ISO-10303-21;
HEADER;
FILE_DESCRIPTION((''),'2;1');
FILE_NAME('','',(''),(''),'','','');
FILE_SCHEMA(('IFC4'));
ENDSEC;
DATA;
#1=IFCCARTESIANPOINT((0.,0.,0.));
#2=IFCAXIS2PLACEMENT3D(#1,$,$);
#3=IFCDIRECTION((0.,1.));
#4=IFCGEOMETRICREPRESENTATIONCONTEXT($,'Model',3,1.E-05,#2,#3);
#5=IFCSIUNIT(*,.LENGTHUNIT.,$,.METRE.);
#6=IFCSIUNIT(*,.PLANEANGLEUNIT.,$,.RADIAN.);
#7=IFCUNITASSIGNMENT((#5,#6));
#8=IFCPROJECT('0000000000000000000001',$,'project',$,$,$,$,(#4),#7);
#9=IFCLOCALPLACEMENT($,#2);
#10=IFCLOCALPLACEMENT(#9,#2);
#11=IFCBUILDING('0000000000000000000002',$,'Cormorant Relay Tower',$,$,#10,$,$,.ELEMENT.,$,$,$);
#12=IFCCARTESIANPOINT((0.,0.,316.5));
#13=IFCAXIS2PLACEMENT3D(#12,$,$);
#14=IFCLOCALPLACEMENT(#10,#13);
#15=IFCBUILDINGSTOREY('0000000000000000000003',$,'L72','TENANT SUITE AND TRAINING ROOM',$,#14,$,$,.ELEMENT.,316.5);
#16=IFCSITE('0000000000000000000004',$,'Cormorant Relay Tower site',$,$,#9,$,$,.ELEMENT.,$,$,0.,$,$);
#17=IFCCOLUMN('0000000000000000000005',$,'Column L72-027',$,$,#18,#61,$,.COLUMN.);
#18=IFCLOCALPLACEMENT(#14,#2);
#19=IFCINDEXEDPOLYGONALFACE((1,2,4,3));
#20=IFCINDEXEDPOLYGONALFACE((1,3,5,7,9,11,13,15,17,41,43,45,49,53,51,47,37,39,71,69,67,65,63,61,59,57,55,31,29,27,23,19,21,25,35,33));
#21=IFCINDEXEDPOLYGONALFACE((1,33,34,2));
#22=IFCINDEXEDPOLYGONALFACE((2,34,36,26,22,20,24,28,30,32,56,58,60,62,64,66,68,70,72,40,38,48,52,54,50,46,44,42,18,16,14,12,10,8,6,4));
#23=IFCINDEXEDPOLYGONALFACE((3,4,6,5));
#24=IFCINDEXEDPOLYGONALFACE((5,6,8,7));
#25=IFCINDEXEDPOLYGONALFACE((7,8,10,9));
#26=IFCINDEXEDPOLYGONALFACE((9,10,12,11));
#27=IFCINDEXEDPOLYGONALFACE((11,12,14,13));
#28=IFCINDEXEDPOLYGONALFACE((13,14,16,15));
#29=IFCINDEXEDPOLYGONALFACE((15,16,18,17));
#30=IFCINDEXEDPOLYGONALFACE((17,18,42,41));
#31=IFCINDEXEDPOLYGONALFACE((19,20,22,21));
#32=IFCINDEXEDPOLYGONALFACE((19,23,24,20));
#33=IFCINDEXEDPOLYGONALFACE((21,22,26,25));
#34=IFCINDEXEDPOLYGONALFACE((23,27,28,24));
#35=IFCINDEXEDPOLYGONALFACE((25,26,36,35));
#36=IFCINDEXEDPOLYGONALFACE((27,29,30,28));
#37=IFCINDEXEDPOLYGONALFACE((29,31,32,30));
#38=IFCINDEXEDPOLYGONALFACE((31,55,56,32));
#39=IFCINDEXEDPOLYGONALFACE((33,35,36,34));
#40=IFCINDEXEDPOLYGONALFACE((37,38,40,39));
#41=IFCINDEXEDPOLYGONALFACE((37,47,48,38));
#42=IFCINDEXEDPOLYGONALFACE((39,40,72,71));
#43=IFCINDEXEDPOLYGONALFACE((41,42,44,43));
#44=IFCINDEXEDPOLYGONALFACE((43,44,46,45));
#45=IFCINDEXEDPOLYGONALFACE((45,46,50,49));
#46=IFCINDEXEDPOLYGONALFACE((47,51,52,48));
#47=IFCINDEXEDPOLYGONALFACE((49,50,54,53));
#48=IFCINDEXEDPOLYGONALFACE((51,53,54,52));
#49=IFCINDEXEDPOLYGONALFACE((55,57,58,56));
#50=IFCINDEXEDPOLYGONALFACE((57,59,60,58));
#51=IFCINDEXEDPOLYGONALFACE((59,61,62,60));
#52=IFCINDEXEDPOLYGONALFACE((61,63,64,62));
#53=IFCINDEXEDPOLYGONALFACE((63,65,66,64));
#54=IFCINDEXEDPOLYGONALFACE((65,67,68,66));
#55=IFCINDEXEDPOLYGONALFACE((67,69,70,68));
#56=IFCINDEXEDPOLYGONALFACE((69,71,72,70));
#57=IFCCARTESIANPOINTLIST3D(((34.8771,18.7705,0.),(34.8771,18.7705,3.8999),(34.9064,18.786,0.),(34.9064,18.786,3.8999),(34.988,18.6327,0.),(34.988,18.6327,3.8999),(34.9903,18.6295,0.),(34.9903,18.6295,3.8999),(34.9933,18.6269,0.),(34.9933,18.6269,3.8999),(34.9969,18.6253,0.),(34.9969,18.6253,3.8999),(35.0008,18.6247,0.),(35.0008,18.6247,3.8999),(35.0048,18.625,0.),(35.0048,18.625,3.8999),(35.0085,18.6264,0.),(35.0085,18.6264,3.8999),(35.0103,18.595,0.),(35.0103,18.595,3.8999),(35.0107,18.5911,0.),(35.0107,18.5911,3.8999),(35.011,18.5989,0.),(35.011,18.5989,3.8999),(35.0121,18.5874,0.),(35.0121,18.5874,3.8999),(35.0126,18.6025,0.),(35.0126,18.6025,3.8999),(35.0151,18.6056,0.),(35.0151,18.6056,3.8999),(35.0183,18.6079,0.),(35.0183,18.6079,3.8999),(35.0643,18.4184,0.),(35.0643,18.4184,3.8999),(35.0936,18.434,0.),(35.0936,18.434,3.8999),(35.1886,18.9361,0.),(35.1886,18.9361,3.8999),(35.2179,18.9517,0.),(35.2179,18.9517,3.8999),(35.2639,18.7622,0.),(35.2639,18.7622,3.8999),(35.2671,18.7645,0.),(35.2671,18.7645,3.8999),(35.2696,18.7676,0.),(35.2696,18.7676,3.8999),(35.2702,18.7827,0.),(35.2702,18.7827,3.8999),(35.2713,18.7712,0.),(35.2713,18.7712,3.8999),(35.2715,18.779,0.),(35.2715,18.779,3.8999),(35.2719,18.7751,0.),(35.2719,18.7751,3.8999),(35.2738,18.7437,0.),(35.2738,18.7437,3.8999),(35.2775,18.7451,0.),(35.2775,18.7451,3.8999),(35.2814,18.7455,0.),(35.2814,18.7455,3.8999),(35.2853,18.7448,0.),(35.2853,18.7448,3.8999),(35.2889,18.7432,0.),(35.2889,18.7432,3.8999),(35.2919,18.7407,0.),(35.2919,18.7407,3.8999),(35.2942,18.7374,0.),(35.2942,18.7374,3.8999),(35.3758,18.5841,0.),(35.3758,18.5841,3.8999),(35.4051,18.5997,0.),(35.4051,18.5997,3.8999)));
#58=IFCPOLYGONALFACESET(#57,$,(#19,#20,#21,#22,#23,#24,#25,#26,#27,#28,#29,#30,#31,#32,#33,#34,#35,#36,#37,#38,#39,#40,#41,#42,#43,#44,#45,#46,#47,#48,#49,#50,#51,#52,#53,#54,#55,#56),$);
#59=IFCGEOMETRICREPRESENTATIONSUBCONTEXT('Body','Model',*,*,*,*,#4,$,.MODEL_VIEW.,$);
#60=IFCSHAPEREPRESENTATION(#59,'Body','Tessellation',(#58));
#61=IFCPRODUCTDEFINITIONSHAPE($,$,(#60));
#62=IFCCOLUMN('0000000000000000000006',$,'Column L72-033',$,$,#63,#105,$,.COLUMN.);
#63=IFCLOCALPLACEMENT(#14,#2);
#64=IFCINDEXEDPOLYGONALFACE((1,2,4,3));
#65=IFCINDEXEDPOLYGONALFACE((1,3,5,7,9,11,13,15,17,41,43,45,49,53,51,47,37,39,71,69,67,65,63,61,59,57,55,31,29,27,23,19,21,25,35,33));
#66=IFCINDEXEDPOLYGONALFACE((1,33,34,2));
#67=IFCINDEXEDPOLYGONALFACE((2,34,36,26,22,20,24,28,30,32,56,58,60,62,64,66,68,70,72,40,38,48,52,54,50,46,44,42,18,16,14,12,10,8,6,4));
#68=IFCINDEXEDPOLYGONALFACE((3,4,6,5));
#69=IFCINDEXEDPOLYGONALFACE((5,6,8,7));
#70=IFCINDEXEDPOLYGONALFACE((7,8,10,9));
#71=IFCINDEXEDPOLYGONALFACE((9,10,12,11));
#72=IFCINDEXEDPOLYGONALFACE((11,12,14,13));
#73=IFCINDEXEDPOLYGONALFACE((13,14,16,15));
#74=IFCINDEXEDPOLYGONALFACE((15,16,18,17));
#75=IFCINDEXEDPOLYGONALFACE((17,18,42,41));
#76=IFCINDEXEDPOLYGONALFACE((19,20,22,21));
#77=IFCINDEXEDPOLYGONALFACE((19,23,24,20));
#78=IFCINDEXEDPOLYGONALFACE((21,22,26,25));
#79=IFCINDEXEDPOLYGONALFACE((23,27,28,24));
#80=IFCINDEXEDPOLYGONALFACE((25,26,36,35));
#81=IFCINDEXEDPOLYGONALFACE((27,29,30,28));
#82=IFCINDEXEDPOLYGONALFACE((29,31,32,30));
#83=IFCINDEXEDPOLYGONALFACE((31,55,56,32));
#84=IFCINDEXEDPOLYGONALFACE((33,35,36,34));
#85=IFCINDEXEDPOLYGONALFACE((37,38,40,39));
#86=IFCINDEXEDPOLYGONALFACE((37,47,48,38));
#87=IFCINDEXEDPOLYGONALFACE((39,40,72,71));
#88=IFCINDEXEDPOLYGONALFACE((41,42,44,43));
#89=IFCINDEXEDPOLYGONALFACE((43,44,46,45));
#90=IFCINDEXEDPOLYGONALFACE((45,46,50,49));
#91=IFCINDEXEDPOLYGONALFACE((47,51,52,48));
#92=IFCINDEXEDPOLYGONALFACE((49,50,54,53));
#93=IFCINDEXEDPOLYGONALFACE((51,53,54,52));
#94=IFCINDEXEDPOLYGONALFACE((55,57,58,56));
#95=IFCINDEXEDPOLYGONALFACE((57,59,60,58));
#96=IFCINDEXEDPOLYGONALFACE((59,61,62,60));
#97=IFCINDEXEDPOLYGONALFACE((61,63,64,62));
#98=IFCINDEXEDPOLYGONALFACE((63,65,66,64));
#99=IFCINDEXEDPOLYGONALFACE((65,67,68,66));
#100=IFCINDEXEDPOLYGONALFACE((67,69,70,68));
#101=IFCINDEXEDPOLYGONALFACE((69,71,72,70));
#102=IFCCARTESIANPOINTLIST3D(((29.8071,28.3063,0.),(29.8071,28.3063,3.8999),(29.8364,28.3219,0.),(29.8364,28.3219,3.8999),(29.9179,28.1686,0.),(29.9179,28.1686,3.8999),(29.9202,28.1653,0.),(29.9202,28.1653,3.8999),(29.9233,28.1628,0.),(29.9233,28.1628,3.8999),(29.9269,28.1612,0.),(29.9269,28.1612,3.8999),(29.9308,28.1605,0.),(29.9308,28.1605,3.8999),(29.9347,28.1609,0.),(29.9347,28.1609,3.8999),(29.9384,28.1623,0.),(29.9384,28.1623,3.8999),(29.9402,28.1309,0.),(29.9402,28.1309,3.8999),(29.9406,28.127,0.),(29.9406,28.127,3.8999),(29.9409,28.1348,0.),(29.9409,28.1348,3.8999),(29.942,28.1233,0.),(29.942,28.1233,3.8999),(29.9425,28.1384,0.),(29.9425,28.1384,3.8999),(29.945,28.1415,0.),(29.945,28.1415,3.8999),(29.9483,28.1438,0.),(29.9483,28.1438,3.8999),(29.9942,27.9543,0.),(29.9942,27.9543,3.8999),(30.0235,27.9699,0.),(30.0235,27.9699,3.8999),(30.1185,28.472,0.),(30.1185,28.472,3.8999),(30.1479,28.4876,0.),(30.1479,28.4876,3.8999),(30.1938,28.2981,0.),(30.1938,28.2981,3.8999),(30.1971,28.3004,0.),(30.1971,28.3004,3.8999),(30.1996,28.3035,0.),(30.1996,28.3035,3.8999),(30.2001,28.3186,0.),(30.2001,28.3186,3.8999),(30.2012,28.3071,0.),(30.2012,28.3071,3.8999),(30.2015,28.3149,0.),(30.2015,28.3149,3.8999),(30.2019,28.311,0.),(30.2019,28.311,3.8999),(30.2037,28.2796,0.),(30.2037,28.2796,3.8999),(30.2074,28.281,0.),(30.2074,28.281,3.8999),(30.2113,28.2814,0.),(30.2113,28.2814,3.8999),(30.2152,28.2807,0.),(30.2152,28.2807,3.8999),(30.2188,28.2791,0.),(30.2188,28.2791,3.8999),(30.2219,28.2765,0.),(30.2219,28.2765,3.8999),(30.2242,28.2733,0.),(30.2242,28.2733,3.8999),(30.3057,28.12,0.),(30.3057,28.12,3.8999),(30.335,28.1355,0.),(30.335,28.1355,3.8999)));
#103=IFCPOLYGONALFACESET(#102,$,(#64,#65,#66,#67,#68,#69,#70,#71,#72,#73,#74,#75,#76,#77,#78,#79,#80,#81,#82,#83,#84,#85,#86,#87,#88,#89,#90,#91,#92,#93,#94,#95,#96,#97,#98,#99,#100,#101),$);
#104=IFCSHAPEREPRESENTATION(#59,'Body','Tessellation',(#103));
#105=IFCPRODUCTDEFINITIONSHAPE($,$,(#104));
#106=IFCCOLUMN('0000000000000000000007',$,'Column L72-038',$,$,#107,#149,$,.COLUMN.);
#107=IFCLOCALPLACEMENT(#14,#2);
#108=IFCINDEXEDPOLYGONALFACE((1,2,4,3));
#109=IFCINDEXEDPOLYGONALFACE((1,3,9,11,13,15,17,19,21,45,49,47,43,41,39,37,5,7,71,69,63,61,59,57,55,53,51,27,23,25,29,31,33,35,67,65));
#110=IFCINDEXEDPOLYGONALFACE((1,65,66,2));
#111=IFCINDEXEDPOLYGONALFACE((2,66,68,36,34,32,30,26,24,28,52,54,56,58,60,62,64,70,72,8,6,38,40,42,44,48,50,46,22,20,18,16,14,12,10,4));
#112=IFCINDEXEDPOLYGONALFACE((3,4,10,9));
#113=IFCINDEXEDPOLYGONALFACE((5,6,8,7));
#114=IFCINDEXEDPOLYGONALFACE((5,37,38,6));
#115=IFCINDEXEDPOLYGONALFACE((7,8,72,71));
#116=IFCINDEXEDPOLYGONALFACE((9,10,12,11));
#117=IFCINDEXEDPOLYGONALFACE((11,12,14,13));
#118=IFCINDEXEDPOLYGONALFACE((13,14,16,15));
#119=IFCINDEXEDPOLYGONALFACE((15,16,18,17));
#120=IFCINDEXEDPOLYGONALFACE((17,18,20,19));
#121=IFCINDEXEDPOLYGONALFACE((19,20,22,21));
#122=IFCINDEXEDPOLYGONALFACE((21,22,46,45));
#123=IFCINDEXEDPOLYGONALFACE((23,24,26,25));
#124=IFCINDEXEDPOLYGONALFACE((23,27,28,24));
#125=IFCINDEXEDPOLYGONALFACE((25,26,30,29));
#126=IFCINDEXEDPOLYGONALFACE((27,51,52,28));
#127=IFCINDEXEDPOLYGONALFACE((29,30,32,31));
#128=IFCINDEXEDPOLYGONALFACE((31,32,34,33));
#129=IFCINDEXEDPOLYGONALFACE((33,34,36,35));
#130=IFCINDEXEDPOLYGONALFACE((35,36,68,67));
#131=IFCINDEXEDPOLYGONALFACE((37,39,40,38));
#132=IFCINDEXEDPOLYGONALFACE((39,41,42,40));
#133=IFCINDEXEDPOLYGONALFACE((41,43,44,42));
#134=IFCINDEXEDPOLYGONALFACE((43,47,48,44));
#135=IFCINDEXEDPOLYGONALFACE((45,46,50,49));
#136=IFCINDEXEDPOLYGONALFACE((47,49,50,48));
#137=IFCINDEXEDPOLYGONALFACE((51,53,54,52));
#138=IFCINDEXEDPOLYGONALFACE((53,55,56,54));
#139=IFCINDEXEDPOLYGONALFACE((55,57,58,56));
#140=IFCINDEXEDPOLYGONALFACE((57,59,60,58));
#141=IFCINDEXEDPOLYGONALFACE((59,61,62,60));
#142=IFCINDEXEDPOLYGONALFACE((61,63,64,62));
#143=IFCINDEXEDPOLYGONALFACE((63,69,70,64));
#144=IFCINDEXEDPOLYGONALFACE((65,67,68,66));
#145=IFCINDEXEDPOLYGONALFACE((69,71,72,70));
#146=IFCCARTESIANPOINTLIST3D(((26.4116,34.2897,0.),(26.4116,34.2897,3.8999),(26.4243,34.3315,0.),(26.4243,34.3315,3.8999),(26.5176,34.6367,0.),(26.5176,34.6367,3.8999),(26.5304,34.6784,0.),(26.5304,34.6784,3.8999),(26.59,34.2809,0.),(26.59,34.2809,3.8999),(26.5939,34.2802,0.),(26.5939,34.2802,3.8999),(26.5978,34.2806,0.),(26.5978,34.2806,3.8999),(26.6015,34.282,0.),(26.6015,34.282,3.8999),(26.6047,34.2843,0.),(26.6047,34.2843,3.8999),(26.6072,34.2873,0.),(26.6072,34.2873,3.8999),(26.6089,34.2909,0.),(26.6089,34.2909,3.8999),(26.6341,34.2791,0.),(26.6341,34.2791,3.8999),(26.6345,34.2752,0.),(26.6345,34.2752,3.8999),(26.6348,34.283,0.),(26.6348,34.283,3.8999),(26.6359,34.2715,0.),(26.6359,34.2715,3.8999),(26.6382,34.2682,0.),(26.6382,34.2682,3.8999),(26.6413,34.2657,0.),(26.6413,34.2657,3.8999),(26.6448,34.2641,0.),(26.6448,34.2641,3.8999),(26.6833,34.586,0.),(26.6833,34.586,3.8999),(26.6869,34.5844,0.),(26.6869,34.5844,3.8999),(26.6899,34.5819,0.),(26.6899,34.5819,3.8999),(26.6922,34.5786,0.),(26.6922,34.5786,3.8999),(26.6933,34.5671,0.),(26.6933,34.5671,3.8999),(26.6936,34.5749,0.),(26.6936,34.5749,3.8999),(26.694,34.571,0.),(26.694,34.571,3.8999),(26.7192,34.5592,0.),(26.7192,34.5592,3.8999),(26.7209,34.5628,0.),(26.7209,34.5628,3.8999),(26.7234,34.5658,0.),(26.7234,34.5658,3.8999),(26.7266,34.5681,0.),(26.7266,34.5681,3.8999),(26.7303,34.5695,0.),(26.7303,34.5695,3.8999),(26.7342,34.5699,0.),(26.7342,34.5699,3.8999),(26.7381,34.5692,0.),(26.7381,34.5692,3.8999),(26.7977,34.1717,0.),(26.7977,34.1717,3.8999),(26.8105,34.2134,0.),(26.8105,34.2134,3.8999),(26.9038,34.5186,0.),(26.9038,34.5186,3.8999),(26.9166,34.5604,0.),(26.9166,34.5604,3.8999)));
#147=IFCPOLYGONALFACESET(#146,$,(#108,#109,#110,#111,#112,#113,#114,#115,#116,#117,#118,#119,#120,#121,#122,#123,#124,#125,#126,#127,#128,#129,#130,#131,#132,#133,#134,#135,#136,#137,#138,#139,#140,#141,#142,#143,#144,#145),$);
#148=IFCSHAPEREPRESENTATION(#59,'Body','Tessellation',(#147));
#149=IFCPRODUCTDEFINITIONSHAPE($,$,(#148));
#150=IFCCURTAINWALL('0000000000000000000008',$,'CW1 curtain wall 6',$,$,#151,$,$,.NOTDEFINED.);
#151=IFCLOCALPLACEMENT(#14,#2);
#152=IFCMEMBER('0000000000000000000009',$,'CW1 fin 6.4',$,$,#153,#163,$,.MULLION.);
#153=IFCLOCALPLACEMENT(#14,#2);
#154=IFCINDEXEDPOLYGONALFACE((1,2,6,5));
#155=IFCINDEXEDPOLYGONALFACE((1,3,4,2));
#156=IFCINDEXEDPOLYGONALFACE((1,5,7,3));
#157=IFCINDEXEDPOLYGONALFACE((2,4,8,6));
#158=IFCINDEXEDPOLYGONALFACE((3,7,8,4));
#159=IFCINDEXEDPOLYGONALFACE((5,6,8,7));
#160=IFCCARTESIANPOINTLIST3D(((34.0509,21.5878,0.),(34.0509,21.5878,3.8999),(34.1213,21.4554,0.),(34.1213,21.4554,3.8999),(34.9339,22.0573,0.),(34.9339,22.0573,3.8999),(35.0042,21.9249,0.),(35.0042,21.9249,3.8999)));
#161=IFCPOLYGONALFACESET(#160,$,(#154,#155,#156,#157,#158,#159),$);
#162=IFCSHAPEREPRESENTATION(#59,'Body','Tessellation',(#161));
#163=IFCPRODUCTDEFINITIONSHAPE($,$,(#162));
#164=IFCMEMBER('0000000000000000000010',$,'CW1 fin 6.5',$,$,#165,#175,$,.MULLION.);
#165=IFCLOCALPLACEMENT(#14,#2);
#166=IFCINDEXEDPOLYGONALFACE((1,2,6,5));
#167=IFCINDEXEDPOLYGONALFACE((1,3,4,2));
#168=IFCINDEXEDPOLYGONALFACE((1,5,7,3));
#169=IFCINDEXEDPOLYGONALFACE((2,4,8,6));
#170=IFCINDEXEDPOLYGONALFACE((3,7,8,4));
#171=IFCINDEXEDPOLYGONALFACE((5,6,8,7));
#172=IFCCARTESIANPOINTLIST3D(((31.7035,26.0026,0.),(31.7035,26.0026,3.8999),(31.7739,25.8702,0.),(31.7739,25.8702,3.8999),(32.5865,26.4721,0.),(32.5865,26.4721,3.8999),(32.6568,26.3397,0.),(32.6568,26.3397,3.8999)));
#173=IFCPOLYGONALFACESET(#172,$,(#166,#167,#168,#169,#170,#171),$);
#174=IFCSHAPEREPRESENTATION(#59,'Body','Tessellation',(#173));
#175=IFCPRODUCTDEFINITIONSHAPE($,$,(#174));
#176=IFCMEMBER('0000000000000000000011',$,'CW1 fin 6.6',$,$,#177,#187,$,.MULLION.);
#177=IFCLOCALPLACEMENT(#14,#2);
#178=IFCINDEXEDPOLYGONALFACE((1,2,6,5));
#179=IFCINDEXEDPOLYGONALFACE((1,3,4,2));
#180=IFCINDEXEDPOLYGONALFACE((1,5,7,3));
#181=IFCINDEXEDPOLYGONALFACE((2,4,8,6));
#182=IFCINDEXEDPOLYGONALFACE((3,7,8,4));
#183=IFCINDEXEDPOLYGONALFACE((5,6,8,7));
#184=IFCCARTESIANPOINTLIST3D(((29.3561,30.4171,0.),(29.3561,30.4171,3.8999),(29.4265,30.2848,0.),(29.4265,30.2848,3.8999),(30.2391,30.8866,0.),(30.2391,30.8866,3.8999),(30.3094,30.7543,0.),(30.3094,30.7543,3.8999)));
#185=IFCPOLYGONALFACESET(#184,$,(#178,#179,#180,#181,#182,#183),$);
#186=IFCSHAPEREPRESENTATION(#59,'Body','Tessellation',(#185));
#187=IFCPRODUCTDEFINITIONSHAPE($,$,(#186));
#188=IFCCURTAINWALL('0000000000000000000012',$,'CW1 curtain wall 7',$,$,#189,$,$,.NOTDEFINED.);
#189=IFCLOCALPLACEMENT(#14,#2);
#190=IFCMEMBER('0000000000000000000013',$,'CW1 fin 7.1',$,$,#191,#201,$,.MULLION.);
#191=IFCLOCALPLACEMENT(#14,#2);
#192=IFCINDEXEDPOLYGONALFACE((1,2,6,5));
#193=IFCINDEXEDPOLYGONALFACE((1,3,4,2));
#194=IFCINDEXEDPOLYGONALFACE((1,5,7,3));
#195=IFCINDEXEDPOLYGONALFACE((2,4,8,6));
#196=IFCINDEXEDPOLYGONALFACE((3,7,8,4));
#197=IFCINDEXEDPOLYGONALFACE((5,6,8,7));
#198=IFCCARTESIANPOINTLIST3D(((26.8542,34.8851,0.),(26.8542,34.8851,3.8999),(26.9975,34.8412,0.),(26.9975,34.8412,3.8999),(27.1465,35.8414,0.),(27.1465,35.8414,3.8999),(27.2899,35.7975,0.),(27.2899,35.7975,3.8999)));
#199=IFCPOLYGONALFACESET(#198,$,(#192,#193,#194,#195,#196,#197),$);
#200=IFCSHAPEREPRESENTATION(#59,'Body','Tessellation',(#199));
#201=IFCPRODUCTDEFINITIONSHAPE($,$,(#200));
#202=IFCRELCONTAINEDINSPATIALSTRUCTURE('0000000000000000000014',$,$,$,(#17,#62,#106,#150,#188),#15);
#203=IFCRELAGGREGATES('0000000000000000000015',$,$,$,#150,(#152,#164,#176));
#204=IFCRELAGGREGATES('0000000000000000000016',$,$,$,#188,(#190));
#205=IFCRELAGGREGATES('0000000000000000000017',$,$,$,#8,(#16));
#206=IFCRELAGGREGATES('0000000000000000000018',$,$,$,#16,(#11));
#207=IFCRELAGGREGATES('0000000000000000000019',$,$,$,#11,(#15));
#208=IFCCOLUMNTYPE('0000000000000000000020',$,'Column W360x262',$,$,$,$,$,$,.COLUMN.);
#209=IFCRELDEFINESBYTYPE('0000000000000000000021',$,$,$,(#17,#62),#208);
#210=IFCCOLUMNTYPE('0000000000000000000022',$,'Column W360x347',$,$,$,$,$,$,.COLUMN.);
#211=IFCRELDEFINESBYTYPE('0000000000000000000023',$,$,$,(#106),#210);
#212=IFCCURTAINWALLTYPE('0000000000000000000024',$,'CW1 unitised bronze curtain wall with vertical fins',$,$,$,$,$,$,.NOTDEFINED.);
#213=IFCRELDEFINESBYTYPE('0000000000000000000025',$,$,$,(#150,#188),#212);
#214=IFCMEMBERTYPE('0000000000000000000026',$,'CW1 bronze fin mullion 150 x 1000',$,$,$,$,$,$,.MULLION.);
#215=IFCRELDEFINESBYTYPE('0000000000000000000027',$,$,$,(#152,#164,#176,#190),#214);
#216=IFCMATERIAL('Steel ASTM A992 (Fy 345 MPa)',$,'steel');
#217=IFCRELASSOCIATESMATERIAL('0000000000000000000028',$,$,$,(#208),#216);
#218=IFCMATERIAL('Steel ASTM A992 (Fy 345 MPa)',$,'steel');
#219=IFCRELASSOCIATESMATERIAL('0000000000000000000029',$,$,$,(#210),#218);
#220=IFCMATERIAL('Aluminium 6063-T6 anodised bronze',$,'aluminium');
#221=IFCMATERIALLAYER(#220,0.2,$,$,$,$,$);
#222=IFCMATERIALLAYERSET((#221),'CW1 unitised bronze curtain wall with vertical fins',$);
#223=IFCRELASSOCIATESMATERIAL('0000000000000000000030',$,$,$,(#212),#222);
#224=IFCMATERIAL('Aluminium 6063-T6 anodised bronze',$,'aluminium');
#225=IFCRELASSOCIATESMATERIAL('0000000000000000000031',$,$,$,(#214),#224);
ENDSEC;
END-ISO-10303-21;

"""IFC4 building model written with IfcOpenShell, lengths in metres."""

from ifc_helpers import new_model, si_unit, direction, frame, origin, origin_2d, place, context, subcontext, project, spatial, rectangle, i_section, extrude, material, layer, layer_set, material_profile, profile_set, type_object, element, aggregate, save


model = new_model("IFC4")

# Units and contexts
model_context = context("Model", 3, precision=1e-05, world=origin(), true_north=direction((0.0, 1.0)))
body_context = subcontext(model_context, "Body", "Model", "MODEL_VIEW")
ifc_project = project(units=[si_unit("LENGTHUNIT", "METRE"), si_unit("PLANEANGLEUNIT", "RADIAN")], contexts=[model_context])

# Site, building, storey
site_placement = place(None, origin())
site = spatial("IfcSite", under=ifc_project, at=site_placement, Name="Cormorant Relay Tower site", CompositionType="ELEMENT", RefElevation=0.0)
building_placement = place(site_placement, origin())
building = spatial("IfcBuilding", under=site, at=building_placement, Name="Cormorant Relay Tower", CompositionType="ELEMENT")
storey_placement = place(building_placement, frame((0.0, 0.0, 316.5)))
storey = spatial("IfcBuildingStorey", under=building, at=storey_placement, Name="L72", Description="TENANT SUITE AND TRAINING ROOM", CompositionType="ELEMENT", Elevation=316.5)

# Columns
ifc_material_1 = material(Name="Steel ASTM A992 (Fy 345 MPa)", Category="steel")
ifc_material_profile_1 = material_profile(ifc_material_1, i_section(OverallWidth=0.3987, OverallDepth=0.386, WebThickness=0.021, FlangeThickness=0.0332, FilletRadius=0.0151, at=origin_2d()), Name="W360x262")
ifc_profile_set_1 = profile_set([ifc_material_profile_1], Name="Steel ASTM A992 (Fy 345 MPa)")
column_type_1 = type_object("IfcColumnType", Name="Column W360x262", PredefinedType="COLUMN", material=ifc_profile_set_1)
for number, where, z_axis, x_axis, name in (
    (1, (35.1411, 18.6851, 0.0), (0.0, 0.0, 1.0), (-0.469472, 0.882948, 0.0), "Column L72-027"),
    (2, (30.071, 28.2209, 0.0), (0.0, 0.0, 1.0), (-0.469472, 0.882948, 0.0), "Column L72-033"),
):
    element("IfcColumn", number, at=place(storey_placement, frame(where, z_axis=z_axis, x_axis=x_axis)), inside=storey, type_object=column_type_1, Name=name, PredefinedType="COLUMN", context=body_context, shape_type="SweptSolid", body=[
        extrude(i_section(OverallWidth=0.3987, OverallDepth=0.386, WebThickness=0.021, FlangeThickness=0.0332, FilletRadius=0.0151, at=origin_2d()), origin(), (0.0, 0.0, 1.0), 3.8999),
    ])
ifc_material_2 = material(Name="Steel ASTM A992 (Fy 345 MPa)", Category="steel")
ifc_material_profile_2 = material_profile(ifc_material_2, i_section(OverallWidth=0.4038, OverallDepth=0.4065, WebThickness=0.0271, FlangeThickness=0.0437, FilletRadius=0.0151, at=origin_2d()), Name="W360x347")
ifc_profile_set_2 = profile_set([ifc_material_profile_2], Name="Steel ASTM A992 (Fy 345 MPa)")
column_type_2 = type_object("IfcColumnType", Name="Column W360x347", PredefinedType="COLUMN", material=ifc_profile_set_2)
column_placement = place(storey_placement, frame((26.6641, 34.425, 0.0), z_axis=(0.0, 0.0, 1.0), x_axis=(-0.956305, 0.292372, 0.0)))
element("IfcColumn", 3, at=column_placement, inside=storey, type_object=column_type_2, Name="Column L72-038", PredefinedType="COLUMN", context=body_context, shape_type="SweptSolid", body=[
    extrude(i_section(OverallWidth=0.4038, OverallDepth=0.4065, WebThickness=0.0271, FlangeThickness=0.0437, FilletRadius=0.0151, at=origin_2d()), origin(), (0.0, 0.0, 1.0), 3.8999),
])

# Curtain walls, members
ifc_material_3 = material(Name="Aluminium 6063-T6 anodised bronze", Category="aluminium")
ifc_layer_1 = layer(ifc_material_3, 0.2)
ifc_layer_set_1 = layer_set([ifc_layer_1], Name="CW1 unitised bronze curtain wall with vertical fins")
curtain_wall_type = type_object("IfcCurtainWallType", Name="CW1 unitised bronze curtain wall with vertical fins", PredefinedType="NOTDEFINED", material=ifc_layer_set_1)
curtain_wall_1_placement = place(storey_placement, origin())
curtain_wall_1 = element("IfcCurtainWall", 4, at=curtain_wall_1_placement, inside=storey, type_object=curtain_wall_type, Name="CW1 curtain wall 6", PredefinedType="NOTDEFINED")
ifc_material_4 = material(Name="Aluminium 6063-T6 anodised bronze", Category="aluminium")
ifc_material_profile_3 = material_profile(ifc_material_4, rectangle(XDim=0.1499, YDim=1.0, at=origin_2d()), Name="AL 150x1000")
ifc_profile_set_3 = profile_set([ifc_material_profile_3], Name="Aluminium 6063-T6 anodised bronze")
member_type_1 = type_object("IfcMemberType", Name="CW1 bronze fin mullion 150 x 1000", PredefinedType="MULLION", material=ifc_profile_set_3)
member_1_placement = place(storey_placement, frame((34.5276, 21.7563, 0.0), z_axis=(0.0, 0.0, 1.0), x_axis=(-0.469472, 0.882948, 0.0)))
member_1 = element("IfcMember", 5, at=member_1_placement, type_object=member_type_1, Name="CW1 fin 6.4", PredefinedType="MULLION", context=body_context, shape_type="SweptSolid", body=[
    extrude(rectangle(XDim=0.1499, YDim=1.0, at=origin_2d()), origin(), (0.0, 0.0, 1.0), 3.8999),
])
member_2_placement = place(storey_placement, frame((32.1802, 26.1711, 0.0), z_axis=(0.0, 0.0, 1.0), x_axis=(-0.469472, 0.882948, 0.0)))
member_2 = element("IfcMember", 6, at=member_2_placement, type_object=member_type_1, Name="CW1 fin 6.5", PredefinedType="MULLION", context=body_context, shape_type="SweptSolid", body=[
    extrude(rectangle(XDim=0.1499, YDim=1.0, at=origin_2d()), origin(), (0.0, 0.0, 1.0), 3.8999),
])
member_3_placement = place(storey_placement, frame((29.8328, 30.5857, 0.0), z_axis=(0.0, 0.0, 1.0), x_axis=(-0.469472, 0.882948, 0.0)))
member_3 = element("IfcMember", 7, at=member_3_placement, type_object=member_type_1, Name="CW1 fin 6.6", PredefinedType="MULLION", context=body_context, shape_type="SweptSolid", body=[
    extrude(rectangle(XDim=0.1499, YDim=1.0, at=origin_2d()), origin(), (0.0, 0.0, 1.0), 3.8999),
])
curtain_wall_2_placement = place(storey_placement, origin())
curtain_wall_2 = element("IfcCurtainWall", 8, at=curtain_wall_2_placement, inside=storey, type_object=curtain_wall_type, Name="CW1 curtain wall 7", PredefinedType="NOTDEFINED")
member_4_placement = place(storey_placement, frame((27.072, 35.3413, 0.0), z_axis=(0.0, 0.0, 1.0), x_axis=(-0.956305, 0.292372, 0.0)))
member_4 = element("IfcMember", 9, at=member_4_placement, type_object=member_type_1, Name="CW1 fin 7.1", PredefinedType="MULLION", context=body_context, shape_type="SweptSolid", body=[
    extrude(rectangle(XDim=0.1499, YDim=1.0, at=origin_2d()), origin(), (0.0, 0.0, 1.0), 3.8999),
])

aggregate(curtain_wall_1, [member_1, member_2, member_3])
aggregate(curtain_wall_2, [member_4])

save(model, "model.ifc")
